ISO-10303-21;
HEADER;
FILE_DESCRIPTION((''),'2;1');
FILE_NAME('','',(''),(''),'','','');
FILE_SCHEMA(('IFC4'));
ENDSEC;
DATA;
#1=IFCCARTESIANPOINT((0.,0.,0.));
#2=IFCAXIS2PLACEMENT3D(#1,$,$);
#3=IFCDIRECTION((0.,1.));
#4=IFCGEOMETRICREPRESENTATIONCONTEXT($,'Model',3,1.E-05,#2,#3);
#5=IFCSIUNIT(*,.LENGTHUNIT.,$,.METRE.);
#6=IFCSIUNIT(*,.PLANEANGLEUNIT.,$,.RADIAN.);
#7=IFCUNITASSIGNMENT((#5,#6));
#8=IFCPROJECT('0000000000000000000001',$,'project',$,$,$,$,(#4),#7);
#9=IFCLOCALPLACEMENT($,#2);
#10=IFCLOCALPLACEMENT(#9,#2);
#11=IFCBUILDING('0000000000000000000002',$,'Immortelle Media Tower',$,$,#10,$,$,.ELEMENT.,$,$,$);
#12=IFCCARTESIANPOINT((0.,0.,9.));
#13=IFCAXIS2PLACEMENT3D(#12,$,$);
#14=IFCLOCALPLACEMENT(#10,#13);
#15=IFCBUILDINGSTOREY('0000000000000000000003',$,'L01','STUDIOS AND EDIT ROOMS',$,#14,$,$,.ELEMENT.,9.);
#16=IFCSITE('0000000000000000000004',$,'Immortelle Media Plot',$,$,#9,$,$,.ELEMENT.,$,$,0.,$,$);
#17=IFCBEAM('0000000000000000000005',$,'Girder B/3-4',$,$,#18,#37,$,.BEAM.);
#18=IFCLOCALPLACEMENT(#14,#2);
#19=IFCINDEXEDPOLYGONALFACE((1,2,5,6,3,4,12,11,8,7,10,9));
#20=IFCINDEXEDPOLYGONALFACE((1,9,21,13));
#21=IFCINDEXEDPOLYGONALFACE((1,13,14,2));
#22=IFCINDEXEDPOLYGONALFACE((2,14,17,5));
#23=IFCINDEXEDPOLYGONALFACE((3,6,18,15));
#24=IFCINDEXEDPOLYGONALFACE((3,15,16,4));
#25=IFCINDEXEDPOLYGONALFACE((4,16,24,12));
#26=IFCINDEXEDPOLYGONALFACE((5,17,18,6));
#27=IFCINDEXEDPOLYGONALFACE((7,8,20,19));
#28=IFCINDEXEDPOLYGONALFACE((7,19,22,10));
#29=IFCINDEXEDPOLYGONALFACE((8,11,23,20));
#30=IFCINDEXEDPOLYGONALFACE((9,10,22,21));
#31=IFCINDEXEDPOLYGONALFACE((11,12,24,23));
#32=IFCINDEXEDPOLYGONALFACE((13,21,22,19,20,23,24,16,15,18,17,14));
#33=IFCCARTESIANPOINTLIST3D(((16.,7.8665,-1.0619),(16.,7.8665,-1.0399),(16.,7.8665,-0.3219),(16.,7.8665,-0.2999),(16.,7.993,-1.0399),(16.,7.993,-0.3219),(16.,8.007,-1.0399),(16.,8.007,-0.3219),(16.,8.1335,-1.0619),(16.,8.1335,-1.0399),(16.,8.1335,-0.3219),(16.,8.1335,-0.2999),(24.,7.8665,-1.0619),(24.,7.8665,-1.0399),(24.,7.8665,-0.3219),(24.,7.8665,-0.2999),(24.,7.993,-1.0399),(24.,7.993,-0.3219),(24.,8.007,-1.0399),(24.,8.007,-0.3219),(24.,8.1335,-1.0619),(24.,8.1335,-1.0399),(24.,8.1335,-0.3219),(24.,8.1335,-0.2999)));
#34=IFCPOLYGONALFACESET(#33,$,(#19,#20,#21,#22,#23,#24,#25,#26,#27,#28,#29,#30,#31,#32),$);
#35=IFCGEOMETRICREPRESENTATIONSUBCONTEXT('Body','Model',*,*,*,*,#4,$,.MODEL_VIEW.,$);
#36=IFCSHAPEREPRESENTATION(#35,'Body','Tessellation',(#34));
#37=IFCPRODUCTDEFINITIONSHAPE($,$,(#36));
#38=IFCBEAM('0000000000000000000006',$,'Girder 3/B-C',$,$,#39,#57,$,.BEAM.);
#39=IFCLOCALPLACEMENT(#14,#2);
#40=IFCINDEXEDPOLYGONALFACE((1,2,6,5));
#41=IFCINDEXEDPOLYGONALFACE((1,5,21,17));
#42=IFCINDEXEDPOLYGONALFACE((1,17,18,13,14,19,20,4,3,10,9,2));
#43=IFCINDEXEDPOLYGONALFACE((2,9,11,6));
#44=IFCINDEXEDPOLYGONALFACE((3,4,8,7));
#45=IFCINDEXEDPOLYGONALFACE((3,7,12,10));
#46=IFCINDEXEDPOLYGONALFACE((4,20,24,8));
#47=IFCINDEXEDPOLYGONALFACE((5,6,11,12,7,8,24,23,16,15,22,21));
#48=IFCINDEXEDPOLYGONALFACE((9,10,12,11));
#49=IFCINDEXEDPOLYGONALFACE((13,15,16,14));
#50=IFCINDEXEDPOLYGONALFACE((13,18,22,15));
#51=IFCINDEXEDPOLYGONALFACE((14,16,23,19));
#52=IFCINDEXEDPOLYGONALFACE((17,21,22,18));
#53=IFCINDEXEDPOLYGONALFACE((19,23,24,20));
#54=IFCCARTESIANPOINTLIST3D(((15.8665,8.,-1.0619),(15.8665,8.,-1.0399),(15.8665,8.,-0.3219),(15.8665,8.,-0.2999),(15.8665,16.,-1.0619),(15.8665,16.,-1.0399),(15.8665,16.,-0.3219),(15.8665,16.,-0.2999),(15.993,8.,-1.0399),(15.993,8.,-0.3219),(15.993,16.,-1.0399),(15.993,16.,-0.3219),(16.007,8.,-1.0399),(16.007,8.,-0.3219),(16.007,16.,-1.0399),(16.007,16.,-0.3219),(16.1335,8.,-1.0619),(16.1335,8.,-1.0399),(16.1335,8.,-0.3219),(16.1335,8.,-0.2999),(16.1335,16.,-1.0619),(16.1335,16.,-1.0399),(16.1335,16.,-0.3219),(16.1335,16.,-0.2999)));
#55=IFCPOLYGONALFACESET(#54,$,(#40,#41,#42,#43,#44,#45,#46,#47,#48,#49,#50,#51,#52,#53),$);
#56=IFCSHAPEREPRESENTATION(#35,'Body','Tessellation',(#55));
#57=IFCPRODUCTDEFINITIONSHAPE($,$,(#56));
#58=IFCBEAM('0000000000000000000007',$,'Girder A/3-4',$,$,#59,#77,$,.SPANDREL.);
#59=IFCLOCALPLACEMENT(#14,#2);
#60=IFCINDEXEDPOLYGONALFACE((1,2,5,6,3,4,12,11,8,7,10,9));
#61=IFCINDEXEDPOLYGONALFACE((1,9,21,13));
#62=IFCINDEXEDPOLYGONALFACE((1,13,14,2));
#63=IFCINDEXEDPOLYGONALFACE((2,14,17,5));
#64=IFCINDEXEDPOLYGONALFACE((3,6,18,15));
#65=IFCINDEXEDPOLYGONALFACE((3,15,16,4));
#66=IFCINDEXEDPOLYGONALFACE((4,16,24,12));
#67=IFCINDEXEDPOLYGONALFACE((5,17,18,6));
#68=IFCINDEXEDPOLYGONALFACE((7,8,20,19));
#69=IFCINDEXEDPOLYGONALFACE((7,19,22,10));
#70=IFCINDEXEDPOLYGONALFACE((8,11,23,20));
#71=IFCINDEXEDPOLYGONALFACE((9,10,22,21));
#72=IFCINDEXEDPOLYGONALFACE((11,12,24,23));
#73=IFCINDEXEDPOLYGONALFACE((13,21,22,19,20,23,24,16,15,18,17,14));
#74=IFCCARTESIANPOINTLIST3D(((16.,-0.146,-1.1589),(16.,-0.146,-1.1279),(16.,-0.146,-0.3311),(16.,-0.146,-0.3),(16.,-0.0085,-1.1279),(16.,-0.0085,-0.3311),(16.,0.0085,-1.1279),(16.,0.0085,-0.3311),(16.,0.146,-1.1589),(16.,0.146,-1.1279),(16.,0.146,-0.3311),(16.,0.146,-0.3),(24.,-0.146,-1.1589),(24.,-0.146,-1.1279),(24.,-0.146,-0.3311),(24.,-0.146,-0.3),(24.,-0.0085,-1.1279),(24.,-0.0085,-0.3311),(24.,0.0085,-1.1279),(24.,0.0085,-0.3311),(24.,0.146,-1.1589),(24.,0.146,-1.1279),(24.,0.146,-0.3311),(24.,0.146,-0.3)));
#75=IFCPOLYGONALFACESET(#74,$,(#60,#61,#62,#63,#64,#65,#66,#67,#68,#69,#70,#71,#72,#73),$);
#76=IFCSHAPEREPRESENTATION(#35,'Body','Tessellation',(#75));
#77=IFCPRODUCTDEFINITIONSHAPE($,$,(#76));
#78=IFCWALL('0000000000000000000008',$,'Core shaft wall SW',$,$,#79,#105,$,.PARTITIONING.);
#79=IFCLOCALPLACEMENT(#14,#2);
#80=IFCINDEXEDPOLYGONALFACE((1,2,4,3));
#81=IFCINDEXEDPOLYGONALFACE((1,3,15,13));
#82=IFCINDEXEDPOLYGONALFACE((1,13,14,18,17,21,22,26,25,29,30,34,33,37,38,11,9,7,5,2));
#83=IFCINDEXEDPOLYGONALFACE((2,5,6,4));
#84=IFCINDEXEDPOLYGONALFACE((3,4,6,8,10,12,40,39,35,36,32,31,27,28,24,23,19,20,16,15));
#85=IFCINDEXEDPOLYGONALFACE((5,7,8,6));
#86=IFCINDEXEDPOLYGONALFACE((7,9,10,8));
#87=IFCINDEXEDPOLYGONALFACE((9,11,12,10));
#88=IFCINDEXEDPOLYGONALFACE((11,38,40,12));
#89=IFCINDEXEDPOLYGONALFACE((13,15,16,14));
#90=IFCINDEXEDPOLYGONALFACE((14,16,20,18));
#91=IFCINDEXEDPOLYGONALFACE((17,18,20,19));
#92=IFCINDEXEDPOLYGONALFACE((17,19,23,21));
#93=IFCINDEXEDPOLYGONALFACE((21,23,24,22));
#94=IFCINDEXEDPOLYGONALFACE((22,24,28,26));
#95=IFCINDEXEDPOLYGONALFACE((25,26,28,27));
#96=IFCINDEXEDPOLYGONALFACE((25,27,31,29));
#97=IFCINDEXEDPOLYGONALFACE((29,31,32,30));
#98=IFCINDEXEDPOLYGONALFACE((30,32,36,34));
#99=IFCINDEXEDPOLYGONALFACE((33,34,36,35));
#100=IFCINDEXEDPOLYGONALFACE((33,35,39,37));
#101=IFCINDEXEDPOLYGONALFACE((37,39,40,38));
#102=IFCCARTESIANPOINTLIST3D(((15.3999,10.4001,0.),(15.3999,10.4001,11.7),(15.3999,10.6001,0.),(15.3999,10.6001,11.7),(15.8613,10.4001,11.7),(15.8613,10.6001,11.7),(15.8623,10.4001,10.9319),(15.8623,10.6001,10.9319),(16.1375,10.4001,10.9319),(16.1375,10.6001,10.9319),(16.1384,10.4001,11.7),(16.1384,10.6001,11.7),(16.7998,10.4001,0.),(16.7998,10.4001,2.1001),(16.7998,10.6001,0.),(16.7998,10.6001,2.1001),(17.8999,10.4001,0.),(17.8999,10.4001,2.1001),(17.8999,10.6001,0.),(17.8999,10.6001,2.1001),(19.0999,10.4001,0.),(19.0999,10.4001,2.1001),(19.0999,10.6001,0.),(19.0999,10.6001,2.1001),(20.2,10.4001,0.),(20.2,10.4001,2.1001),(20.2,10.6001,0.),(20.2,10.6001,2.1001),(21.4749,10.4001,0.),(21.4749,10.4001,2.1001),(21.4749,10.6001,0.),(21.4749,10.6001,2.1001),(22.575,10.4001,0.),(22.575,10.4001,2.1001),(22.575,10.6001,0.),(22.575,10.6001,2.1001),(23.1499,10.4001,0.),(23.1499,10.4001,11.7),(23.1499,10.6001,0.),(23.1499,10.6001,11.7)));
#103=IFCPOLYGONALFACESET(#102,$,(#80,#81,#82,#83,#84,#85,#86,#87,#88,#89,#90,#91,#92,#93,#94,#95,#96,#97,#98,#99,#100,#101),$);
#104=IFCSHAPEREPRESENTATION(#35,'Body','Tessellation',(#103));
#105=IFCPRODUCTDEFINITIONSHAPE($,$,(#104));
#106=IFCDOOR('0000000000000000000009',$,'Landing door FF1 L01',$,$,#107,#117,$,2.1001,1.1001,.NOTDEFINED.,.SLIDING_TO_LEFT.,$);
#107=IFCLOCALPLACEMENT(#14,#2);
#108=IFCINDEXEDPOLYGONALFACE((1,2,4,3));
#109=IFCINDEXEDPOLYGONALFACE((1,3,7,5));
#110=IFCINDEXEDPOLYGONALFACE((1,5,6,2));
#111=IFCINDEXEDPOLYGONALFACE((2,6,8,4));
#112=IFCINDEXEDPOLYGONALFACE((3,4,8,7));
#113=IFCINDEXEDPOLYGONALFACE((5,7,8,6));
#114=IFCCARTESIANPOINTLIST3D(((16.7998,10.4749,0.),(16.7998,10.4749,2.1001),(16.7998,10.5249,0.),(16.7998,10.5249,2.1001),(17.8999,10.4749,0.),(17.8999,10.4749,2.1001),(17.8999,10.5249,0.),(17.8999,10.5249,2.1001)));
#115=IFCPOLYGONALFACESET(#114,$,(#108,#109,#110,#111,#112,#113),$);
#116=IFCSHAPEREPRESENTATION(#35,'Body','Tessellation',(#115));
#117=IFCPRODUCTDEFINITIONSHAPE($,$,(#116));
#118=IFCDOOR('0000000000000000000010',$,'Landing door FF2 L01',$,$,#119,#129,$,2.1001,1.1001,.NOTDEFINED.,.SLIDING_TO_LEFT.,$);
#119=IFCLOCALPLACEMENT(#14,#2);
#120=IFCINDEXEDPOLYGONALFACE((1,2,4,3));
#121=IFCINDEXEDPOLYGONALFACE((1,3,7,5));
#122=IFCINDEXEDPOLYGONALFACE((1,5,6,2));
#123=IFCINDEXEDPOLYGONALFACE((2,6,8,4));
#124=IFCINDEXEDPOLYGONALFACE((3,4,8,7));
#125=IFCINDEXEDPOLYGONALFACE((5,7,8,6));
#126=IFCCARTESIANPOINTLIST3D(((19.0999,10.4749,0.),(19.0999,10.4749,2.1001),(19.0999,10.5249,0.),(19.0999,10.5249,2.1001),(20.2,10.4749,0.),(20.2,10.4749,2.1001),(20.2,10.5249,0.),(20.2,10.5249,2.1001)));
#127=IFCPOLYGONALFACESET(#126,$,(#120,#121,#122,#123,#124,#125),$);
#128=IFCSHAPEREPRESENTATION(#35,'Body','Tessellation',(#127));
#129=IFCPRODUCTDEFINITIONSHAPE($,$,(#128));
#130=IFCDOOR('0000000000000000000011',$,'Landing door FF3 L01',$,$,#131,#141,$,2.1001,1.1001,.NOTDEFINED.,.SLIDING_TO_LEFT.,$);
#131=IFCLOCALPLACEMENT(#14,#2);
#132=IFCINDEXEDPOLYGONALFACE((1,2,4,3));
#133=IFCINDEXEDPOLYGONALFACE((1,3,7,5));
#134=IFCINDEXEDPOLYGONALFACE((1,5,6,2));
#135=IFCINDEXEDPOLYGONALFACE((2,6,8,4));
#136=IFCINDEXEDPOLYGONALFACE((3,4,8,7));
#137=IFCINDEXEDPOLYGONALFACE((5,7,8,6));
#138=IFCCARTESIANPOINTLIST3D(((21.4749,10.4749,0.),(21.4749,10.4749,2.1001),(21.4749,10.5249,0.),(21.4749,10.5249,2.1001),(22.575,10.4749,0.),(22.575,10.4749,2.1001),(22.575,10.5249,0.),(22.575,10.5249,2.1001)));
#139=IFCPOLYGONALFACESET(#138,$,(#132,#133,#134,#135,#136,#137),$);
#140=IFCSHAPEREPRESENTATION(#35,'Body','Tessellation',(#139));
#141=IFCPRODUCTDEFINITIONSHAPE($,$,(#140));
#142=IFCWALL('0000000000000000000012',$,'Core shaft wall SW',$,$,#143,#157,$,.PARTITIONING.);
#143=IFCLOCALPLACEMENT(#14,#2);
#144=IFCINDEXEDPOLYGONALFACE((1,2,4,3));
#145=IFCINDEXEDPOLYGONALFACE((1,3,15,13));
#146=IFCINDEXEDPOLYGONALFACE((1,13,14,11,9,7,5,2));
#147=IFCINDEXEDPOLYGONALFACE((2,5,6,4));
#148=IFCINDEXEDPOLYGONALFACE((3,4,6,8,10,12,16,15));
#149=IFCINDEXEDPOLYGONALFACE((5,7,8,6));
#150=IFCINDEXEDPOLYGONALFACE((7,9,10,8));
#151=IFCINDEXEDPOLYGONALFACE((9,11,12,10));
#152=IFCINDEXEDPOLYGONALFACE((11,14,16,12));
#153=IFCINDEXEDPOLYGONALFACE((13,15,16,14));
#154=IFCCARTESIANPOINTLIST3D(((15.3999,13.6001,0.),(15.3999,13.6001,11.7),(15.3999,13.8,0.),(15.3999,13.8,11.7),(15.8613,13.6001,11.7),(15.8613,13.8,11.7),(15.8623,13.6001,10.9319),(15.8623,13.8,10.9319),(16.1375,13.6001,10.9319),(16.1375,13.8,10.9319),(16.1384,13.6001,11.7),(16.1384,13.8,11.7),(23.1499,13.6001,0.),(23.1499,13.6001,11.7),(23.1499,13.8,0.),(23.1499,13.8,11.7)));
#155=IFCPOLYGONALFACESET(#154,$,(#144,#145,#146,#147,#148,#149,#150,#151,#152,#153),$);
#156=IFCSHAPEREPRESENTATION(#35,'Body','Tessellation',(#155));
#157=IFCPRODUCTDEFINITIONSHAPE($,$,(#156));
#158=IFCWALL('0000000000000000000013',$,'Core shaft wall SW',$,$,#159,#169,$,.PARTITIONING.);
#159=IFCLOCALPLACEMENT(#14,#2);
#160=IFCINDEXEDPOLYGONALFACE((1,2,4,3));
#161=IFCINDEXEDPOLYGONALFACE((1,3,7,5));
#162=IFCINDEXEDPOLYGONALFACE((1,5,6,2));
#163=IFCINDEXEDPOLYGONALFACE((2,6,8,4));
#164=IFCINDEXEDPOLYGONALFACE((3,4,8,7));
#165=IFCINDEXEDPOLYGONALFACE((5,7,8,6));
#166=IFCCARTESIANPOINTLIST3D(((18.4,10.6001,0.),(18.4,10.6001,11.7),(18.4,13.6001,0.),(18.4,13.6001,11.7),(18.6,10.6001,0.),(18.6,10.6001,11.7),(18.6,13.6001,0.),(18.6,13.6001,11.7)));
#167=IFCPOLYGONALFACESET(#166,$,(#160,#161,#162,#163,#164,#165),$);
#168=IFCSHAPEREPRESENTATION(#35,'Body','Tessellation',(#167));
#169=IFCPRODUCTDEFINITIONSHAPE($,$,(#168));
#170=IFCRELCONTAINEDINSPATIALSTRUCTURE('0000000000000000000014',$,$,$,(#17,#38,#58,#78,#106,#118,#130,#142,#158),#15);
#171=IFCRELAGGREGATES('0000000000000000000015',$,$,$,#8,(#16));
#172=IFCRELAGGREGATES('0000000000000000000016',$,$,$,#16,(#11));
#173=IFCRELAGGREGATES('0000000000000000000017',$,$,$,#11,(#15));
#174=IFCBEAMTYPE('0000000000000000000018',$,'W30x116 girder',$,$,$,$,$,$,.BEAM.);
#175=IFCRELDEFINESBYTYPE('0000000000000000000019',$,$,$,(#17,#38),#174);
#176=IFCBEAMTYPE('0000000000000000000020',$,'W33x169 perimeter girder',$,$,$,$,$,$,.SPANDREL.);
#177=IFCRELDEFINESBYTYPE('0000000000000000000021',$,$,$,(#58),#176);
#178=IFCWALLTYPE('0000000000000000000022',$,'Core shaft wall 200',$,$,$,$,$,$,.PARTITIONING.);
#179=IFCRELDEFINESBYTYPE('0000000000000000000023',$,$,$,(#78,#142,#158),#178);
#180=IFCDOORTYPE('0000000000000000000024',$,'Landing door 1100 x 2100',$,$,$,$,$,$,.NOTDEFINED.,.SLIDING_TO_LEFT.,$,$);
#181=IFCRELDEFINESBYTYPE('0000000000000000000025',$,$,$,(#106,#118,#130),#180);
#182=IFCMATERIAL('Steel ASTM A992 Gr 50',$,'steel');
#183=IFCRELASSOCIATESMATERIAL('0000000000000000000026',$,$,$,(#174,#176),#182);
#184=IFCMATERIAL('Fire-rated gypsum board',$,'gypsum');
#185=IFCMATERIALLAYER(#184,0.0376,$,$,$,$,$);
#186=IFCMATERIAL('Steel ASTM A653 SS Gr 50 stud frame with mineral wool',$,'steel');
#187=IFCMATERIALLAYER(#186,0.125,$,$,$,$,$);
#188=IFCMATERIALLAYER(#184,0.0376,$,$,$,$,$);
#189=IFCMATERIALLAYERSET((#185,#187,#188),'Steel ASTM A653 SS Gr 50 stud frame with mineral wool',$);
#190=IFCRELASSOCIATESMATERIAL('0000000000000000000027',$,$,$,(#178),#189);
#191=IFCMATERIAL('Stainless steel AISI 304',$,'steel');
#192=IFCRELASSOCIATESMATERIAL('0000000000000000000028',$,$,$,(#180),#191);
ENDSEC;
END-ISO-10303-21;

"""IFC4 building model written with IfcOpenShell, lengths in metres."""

from ifc_helpers import new_model, si_unit, direction, frame, frame_2d, origin, origin_2d, place, context, subcontext, project, spatial, polyline, rectangle, i_section, outline, extrude, material, layer, layer_set, material_profile, profile_set, type_object, element, fill, save


model = new_model("IFC4")

# Units and contexts
model_context = context("Model", 3, precision=1e-05, world=origin(), true_north=direction((0.0, 1.0)))
body_context = subcontext(model_context, "Body", "Model", "MODEL_VIEW")
ifc_project = project(units=[si_unit("LENGTHUNIT", "METRE"), si_unit("PLANEANGLEUNIT", "RADIAN")], contexts=[model_context])

# Site, building, storey
site_placement = place(None, origin())
site = spatial("IfcSite", under=ifc_project, at=site_placement, Name="Immortelle Media Plot", CompositionType="ELEMENT", RefElevation=0.0)
building_placement = place(site_placement, origin())
building = spatial("IfcBuilding", under=site, at=building_placement, Name="Immortelle Media Tower", CompositionType="ELEMENT")
storey_placement = place(building_placement, frame((0.0, 0.0, 9.0)))
storey = spatial("IfcBuildingStorey", under=building, at=storey_placement, Name="L01", Description="STUDIOS AND EDIT ROOMS", CompositionType="ELEMENT", Elevation=9.0)

# Shared definitions
ifc_material_1 = material(Name="Steel ASTM A992 Gr 50", Category="steel")

# Beams
ifc_material_profile_1 = material_profile(ifc_material_1, i_section(OverallWidth=0.2671, OverallDepth=0.762, WebThickness=0.0139, FlangeThickness=0.022, at=origin_2d()), Name="W30x116")
ifc_profile_set_1 = profile_set([ifc_material_profile_1], Name="Steel ASTM A992 Gr 50")
beam_type_1 = type_object("IfcBeamType", Name="W30x116 girder", PredefinedType="BEAM", material=ifc_profile_set_1)
for number, where, z_axis, x_axis, name in (
    (1, (16.0, 8.0, -0.6809), (1.0, 0.0, 0.0), (0.0, 1.0, 0.0), "Girder B/3-4"),
    (2, (16.0, 8.0, -0.6809), (0.0, 1.0, 0.0), (-1.0, 0.0, 0.0), "Girder 3/B-C"),
):
    element("IfcBeam", number, at=place(storey_placement, frame(where, z_axis=z_axis, x_axis=x_axis)), inside=storey, type_object=beam_type_1, Name=name, PredefinedType="BEAM", context=body_context, shape_type="SweptSolid", body=[
        extrude(i_section(OverallWidth=0.2671, OverallDepth=0.762, WebThickness=0.0139, FlangeThickness=0.022, at=origin_2d()), origin(), (0.0, 0.0, 1.0), 8.0),
    ])
ifc_material_profile_2 = material_profile(ifc_material_1, i_section(OverallWidth=0.292, OverallDepth=0.8589, WebThickness=0.0171, FlangeThickness=0.031, at=origin_2d()), Name="W33x169")
ifc_profile_set_2 = profile_set([ifc_material_profile_2], Name="Steel ASTM A992 Gr 50")
beam_type_2 = type_object("IfcBeamType", Name="W33x169 perimeter girder", PredefinedType="SPANDREL", material=ifc_profile_set_2)
beam_placement = place(storey_placement, frame((16.0, 0.0, -0.7295), z_axis=(1.0, 0.0, 0.0), x_axis=(0.0, 1.0, 0.0)))
element("IfcBeam", 3, at=beam_placement, inside=storey, type_object=beam_type_2, Name="Girder A/3-4", PredefinedType="SPANDREL", context=body_context, shape_type="SweptSolid", body=[
    extrude(i_section(OverallWidth=0.292, OverallDepth=0.8589, WebThickness=0.0171, FlangeThickness=0.031, at=origin_2d()), origin(), (0.0, 0.0, 1.0), 8.0),
])

# Wall, openings, doors
ifc_material_2 = material(Name="Fire-rated gypsum board", Category="gypsum")
ifc_layer_1 = layer(ifc_material_2, 0.0376)
ifc_material_3 = material(Name="Steel ASTM A653 SS Gr 50 stud frame with mineral wool", Category="steel")
ifc_layer_2 = layer(ifc_material_3, 0.125)
ifc_layer_3 = layer(ifc_material_2, 0.0376)
ifc_layer_set_1 = layer_set([ifc_layer_1, ifc_layer_2, ifc_layer_3], Name="Steel ASTM A653 SS Gr 50 stud frame with mineral wool")
wall_type_1 = type_object("IfcWallType", Name="Core shaft wall 200", PredefinedType="PARTITIONING", material=ifc_layer_set_1)
wall_1_placement = place(storey_placement, frame((15.3999, 10.5, 0.0), z_axis=(0.0, 0.0, 1.0), x_axis=(1.0, 0.0, 0.0)))
wall_1 = element("IfcWall", 4, at=wall_1_placement, inside=storey, type_object=wall_type_1, Name="Core shaft wall SW", PredefinedType="PARTITIONING", context=body_context, shape_type="SweptSolid", body=[
    extrude(outline(polyline([(0.0, 0.0), (7.75, 0.0), (7.75, 11.7), (0.7385, 11.7), (0.7375, 10.9319), (0.4624, 10.9319), (0.4614, 11.7), (0.0, 11.7), (0.0, 0.0)])), frame((0.0, 0.1001, 0.0), z_axis=(0.0, -1.0, 0.0), x_axis=(1.0, 0.0, 0.0)), (0.0, 0.0, 1.0), 0.2),
])
opening_1_placement = place(wall_1_placement, frame((1.3999, 0.0, 0.0)))
opening_1 = element("IfcOpeningElement", 5, at=opening_1_placement, cuts=wall_1, PredefinedType="OPENING", context=body_context, shape_type="SweptSolid", body=[
    extrude(rectangle(XDim=1.1001, YDim=2.1001, at=frame_2d((0.55, 1.05))), frame((0.0, 0.1099, 0.0), z_axis=(0.0, -1.0, 0.0), x_axis=(1.0, 0.0, 0.0)), (0.0, 0.0, 1.0), 0.22),
])
opening_2_placement = place(wall_1_placement, frame((3.7, 0.0, 0.0)))
opening_2 = element("IfcOpeningElement", 6, at=opening_2_placement, cuts=wall_1, PredefinedType="OPENING", context=body_context, shape_type="SweptSolid", body=[
    extrude(rectangle(XDim=1.1001, YDim=2.1001, at=frame_2d((0.55, 1.05))), frame((0.0, 0.1099, 0.0), z_axis=(0.0, -1.0, 0.0), x_axis=(1.0, 0.0, 0.0)), (0.0, 0.0, 1.0), 0.22),
])
opening_3_placement = place(wall_1_placement, frame((6.075, 0.0, 0.0)))
opening_3 = element("IfcOpeningElement", 7, at=opening_3_placement, cuts=wall_1, PredefinedType="OPENING", context=body_context, shape_type="SweptSolid", body=[
    extrude(rectangle(XDim=1.1001, YDim=2.1001, at=frame_2d((0.55, 1.05))), frame((0.0, 0.1099, 0.0), z_axis=(0.0, -1.0, 0.0), x_axis=(1.0, 0.0, 0.0)), (0.0, 0.0, 1.0), 0.22),
])
ifc_material_4 = material(Name="Stainless steel AISI 304", Category="steel")
door_type_1 = type_object("IfcDoorType", Name="Landing door 1100 x 2100", OperationType="SLIDING_TO_LEFT", PredefinedType="NOTDEFINED", material=ifc_material_4)
door_1_placement = place(opening_1_placement, origin())
door_1 = element("IfcDoor", 8, at=door_1_placement, inside=storey, type_object=door_type_1, Name="Landing door FF1 L01", OperationType="SLIDING_TO_LEFT", OverallHeight=2.1001, OverallWidth=1.1001, PredefinedType="NOTDEFINED", context=body_context, shape_type="SweptSolid", body=[
    extrude(rectangle(XDim=1.1001, YDim=2.1001, at=frame_2d((0.55, 1.05))), frame((0.0, 0.0249, 0.0), z_axis=(0.0, -1.0, 0.0), x_axis=(1.0, 0.0, 0.0)), (0.0, 0.0, 1.0), 0.05),
])
fill(opening_1, door_1)
door_2_placement = place(opening_2_placement, origin())
door_2 = element("IfcDoor", 9, at=door_2_placement, inside=storey, type_object=door_type_1, Name="Landing door FF2 L01", OperationType="SLIDING_TO_LEFT", OverallHeight=2.1001, OverallWidth=1.1001, PredefinedType="NOTDEFINED", context=body_context, shape_type="SweptSolid", body=[
    extrude(rectangle(XDim=1.1001, YDim=2.1001, at=frame_2d((0.55, 1.05))), frame((0.0, 0.0249, 0.0), z_axis=(0.0, -1.0, 0.0), x_axis=(1.0, 0.0, 0.0)), (0.0, 0.0, 1.0), 0.05),
])
fill(opening_2, door_2)
door_3_placement = place(opening_3_placement, origin())
door_3 = element("IfcDoor", 10, at=door_3_placement, inside=storey, type_object=door_type_1, Name="Landing door FF3 L01", OperationType="SLIDING_TO_LEFT", OverallHeight=2.1001, OverallWidth=1.1001, PredefinedType="NOTDEFINED", context=body_context, shape_type="SweptSolid", body=[
    extrude(rectangle(XDim=1.1001, YDim=2.1001, at=frame_2d((0.55, 1.05))), frame((0.0, 0.0249, 0.0), z_axis=(0.0, -1.0, 0.0), x_axis=(1.0, 0.0, 0.0)), (0.0, 0.0, 1.0), 0.05),
])
fill(opening_3, door_3)

# Walls
wall_2_placement = place(storey_placement, frame((15.3999, 13.7, 0.0), z_axis=(0.0, 0.0, 1.0), x_axis=(1.0, 0.0, 0.0)))
element("IfcWall", 11, at=wall_2_placement, inside=storey, type_object=wall_type_1, Name="Core shaft wall SW", PredefinedType="PARTITIONING", context=body_context, shape_type="SweptSolid", body=[
    extrude(outline(polyline([(0.0, 0.0), (7.75, 0.0), (7.75, 11.7), (0.7385, 11.7), (0.7375, 10.9319), (0.4624, 10.9319), (0.4614, 11.7), (0.0, 11.7), (0.0, 0.0)])), frame((0.0, 0.1001, 0.0), z_axis=(0.0, -1.0, 0.0), x_axis=(1.0, 0.0, 0.0)), (0.0, 0.0, 1.0), 0.2),
])
wall_3_placement = place(storey_placement, frame((18.5, 10.6001, 0.0), z_axis=(0.0, 0.0, 1.0), x_axis=(0.0, 1.0, 0.0)))
element("IfcWall", 12, at=wall_3_placement, inside=storey, type_object=wall_type_1, Name="Core shaft wall SW", PredefinedType="PARTITIONING", context=body_context, shape_type="SweptSolid", body=[
    extrude(rectangle(XDim=3.0, YDim=0.2, at=frame_2d((1.5, 0.0))), origin(), (0.0, 0.0, 1.0), 11.7),
])

save(model, "model.ifc")
